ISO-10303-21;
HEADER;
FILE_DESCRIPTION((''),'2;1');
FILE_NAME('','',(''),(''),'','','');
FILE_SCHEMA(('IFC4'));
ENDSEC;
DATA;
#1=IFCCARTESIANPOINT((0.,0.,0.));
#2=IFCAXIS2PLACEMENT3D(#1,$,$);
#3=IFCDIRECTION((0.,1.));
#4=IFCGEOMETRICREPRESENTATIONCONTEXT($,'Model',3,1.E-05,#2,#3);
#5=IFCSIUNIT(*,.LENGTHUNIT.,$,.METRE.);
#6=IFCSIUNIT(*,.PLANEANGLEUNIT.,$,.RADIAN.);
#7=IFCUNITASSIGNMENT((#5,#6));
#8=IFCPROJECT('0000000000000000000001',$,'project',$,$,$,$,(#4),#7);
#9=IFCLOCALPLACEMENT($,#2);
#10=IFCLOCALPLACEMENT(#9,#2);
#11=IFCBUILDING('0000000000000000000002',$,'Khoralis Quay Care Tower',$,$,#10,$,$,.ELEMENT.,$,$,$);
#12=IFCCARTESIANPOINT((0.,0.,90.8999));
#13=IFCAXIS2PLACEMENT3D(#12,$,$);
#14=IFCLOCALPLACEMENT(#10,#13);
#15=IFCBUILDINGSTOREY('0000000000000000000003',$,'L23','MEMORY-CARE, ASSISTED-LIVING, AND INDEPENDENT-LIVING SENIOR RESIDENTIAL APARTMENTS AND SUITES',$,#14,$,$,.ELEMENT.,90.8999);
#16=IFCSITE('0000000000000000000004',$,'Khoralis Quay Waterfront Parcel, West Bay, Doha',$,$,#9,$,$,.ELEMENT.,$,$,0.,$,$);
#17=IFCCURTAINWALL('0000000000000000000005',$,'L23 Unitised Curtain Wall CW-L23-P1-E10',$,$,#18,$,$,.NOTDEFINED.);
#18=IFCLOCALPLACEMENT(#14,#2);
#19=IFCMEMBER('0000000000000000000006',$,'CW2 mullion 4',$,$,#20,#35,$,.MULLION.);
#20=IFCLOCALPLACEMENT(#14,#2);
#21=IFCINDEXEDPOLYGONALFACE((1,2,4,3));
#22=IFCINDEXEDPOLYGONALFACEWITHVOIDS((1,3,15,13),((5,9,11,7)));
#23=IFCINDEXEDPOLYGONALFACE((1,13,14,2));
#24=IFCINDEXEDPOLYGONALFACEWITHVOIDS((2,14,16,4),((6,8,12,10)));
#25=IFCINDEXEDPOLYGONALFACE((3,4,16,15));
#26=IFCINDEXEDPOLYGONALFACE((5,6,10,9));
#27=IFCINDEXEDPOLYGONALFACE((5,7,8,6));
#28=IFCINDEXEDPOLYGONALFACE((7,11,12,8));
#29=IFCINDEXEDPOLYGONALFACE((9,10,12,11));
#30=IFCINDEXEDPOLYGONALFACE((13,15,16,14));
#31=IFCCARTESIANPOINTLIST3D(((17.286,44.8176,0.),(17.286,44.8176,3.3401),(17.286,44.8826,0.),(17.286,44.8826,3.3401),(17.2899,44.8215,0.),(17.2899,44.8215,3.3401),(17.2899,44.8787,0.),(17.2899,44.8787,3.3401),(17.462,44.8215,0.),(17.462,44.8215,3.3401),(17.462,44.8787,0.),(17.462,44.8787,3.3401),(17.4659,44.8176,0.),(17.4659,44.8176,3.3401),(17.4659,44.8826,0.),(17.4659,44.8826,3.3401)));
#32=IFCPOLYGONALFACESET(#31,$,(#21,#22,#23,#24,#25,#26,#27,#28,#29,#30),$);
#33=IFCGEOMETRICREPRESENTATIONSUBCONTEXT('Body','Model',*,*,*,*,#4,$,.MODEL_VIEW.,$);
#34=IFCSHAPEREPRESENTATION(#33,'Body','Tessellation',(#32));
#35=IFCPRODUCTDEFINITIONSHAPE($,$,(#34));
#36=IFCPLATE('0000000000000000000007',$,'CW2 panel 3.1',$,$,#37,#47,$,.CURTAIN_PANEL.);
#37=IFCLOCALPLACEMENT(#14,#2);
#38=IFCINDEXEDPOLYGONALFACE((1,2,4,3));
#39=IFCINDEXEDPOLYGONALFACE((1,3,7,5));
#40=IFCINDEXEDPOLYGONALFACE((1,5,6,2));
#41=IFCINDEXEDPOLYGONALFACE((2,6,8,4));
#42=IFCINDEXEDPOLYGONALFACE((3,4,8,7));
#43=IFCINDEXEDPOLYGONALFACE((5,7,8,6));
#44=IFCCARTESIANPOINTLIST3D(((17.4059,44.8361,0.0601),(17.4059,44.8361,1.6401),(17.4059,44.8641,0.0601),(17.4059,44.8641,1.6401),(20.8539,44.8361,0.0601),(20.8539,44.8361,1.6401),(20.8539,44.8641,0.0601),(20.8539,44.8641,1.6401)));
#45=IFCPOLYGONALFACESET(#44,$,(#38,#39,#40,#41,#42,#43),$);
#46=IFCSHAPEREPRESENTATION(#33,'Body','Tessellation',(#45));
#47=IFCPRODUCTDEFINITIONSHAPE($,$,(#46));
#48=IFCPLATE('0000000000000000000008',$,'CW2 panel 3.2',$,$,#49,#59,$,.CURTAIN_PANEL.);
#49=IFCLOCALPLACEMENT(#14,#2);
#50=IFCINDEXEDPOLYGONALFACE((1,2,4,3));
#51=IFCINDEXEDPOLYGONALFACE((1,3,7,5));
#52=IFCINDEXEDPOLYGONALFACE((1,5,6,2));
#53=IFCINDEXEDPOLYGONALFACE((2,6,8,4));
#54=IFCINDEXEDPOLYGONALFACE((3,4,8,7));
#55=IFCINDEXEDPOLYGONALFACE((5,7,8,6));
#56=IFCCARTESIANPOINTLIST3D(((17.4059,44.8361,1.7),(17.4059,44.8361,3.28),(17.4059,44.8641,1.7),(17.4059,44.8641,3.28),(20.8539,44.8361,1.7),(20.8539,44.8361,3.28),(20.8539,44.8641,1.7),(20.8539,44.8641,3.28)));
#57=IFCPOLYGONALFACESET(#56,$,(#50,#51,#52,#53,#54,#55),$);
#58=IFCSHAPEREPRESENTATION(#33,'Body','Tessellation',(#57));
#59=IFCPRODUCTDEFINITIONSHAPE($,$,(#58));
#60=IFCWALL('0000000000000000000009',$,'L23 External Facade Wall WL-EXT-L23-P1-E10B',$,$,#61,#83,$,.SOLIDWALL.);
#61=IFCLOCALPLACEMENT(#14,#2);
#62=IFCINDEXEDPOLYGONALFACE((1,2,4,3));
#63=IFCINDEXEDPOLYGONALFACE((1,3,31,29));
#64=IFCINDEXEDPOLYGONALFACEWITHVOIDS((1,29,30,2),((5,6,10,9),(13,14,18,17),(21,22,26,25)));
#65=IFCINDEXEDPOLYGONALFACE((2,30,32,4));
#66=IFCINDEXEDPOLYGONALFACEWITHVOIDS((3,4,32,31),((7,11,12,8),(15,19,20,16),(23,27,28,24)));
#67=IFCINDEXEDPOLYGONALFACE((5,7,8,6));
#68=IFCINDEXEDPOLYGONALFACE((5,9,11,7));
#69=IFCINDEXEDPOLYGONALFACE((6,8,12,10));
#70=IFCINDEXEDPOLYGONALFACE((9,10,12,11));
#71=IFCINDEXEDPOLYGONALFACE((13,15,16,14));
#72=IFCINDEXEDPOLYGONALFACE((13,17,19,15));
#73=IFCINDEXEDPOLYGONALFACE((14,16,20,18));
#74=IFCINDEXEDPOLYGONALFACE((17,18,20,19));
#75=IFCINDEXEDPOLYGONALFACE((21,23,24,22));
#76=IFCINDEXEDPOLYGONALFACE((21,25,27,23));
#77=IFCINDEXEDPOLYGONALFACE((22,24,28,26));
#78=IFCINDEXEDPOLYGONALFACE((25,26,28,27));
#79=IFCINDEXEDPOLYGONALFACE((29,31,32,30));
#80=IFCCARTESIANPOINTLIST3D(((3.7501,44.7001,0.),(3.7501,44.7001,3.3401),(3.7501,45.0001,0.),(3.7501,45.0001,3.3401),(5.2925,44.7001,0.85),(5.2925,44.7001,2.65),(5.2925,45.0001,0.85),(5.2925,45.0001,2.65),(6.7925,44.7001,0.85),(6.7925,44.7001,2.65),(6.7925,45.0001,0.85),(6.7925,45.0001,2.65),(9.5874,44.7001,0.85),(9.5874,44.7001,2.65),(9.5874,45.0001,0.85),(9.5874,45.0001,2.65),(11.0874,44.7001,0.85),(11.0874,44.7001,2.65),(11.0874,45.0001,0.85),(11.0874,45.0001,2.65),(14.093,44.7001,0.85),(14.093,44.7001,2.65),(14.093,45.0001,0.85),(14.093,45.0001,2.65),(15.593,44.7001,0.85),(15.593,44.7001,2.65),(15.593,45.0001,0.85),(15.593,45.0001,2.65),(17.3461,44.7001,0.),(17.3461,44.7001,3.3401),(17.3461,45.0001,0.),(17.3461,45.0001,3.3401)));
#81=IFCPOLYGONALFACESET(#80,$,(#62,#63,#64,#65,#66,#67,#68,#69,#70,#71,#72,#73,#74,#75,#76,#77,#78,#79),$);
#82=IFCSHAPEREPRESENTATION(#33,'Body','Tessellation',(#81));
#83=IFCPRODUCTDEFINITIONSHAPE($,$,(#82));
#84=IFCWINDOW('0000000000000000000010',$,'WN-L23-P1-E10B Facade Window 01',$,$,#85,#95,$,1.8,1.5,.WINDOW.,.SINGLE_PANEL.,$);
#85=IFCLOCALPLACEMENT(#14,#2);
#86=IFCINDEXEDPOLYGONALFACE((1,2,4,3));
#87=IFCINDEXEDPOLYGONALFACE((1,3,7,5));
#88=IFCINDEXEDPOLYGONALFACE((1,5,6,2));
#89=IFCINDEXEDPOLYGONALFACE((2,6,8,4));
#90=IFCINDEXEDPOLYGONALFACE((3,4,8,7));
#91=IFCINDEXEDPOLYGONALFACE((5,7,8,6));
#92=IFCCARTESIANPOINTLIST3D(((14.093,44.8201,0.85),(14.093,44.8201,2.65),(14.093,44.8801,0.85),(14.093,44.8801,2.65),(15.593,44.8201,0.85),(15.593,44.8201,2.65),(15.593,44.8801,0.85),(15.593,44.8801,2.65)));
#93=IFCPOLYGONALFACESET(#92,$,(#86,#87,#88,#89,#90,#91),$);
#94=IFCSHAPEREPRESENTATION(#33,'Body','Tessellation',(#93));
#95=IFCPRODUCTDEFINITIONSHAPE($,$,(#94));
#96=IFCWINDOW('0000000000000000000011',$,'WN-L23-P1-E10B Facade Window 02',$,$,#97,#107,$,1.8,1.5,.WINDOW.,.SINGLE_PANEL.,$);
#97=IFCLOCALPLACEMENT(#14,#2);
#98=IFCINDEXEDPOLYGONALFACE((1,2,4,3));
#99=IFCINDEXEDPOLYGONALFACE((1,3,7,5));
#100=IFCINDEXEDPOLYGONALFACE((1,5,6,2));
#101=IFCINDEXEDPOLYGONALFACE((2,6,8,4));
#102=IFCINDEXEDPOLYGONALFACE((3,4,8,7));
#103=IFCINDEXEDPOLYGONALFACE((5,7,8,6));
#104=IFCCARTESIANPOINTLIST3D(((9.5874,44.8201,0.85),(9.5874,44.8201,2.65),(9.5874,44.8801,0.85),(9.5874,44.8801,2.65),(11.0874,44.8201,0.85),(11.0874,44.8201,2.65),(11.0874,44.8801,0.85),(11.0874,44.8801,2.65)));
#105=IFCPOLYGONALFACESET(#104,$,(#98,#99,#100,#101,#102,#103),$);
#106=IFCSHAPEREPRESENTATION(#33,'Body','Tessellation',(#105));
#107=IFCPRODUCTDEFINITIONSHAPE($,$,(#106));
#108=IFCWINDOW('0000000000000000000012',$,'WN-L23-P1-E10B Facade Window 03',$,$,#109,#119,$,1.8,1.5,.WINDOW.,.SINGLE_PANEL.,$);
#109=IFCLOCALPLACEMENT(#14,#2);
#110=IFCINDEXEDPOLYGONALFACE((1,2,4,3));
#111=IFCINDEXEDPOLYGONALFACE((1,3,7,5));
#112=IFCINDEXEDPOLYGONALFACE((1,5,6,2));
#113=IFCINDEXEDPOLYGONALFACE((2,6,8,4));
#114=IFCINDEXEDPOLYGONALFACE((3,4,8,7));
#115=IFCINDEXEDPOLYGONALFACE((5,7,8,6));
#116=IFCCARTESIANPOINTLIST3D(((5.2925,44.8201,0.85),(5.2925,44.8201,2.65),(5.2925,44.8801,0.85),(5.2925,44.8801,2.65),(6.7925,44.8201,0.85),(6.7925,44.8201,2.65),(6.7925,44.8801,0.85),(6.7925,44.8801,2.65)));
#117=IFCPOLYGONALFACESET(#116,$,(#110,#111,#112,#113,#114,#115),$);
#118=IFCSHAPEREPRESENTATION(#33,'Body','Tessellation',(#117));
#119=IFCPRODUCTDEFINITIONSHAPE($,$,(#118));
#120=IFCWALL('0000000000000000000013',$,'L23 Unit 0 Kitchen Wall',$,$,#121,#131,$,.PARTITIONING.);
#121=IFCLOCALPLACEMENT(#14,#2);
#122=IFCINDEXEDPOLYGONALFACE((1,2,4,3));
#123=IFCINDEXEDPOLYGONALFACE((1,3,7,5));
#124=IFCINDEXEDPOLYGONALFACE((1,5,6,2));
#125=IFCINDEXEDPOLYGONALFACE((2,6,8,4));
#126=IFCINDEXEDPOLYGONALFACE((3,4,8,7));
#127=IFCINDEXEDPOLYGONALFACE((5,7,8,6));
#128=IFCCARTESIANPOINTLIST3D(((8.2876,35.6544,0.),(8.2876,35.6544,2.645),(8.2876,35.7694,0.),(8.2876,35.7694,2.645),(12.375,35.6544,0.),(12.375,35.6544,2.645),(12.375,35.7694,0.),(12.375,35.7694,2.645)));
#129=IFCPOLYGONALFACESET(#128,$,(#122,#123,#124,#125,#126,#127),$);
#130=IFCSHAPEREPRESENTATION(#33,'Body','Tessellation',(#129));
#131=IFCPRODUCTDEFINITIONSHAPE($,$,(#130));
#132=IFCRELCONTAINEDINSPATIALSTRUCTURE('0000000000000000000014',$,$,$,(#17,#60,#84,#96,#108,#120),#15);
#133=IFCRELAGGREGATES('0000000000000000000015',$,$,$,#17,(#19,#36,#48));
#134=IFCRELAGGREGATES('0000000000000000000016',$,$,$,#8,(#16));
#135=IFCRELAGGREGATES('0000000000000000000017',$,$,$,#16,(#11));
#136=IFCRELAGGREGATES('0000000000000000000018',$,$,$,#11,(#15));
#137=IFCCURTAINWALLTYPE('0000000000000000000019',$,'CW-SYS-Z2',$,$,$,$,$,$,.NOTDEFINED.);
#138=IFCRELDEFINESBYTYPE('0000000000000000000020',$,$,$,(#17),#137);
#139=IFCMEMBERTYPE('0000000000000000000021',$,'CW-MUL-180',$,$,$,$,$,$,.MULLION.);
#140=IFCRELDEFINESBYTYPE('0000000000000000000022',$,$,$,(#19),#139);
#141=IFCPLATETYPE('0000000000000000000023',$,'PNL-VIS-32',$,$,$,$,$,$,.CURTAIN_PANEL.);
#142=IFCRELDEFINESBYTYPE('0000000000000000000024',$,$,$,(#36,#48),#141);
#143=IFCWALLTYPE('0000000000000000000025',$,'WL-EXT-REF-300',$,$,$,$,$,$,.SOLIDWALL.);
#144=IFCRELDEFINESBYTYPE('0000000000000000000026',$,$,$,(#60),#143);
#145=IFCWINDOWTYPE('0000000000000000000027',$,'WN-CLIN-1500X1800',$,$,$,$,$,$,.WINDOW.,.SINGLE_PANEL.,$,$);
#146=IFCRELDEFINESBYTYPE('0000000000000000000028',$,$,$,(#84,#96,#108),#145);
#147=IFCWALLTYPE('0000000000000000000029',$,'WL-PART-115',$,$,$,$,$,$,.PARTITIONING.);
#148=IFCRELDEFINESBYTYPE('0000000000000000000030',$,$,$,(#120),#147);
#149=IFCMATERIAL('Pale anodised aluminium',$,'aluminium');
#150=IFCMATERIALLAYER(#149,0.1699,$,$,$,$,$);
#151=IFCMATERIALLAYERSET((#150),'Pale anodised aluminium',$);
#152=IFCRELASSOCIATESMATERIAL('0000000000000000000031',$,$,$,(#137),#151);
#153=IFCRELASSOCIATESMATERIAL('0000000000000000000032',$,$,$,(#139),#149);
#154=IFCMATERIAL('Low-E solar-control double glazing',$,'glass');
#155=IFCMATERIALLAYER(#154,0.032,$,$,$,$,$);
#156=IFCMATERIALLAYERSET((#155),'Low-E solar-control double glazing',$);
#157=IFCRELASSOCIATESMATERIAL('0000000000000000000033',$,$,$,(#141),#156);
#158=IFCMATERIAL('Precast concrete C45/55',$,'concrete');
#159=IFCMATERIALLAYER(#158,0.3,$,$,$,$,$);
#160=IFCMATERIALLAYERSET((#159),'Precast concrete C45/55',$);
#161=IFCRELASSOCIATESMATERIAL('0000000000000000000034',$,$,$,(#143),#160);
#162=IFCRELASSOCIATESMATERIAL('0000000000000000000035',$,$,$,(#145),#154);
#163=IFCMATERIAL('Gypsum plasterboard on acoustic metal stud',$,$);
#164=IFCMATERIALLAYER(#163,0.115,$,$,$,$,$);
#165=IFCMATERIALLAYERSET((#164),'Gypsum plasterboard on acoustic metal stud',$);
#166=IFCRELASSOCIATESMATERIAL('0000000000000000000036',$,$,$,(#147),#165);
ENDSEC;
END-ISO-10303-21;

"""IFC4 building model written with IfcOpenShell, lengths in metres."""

from ifc_helpers import new_model, si_unit, direction, frame, frame_2d, origin, origin_2d, place, context, subcontext, project, spatial, rectangle, hollow_rectangle, extrude, source, transform, mapped, material, layer, layer_set, material_profile, profile_set, type_object, element, fill, aggregate, save


model = new_model("IFC4")

# Units and contexts
model_context = context("Model", 3, precision=1e-05, world=origin(), true_north=direction((0.0, 1.0)))
body_context = subcontext(model_context, "Body", "Model", "MODEL_VIEW")
ifc_project = project(units=[si_unit("LENGTHUNIT", "METRE"), si_unit("PLANEANGLEUNIT", "RADIAN")], contexts=[model_context])

# Site, building, storey
site_placement = place(None, origin())
site = spatial("IfcSite", under=ifc_project, at=site_placement, Name="Khoralis Quay Waterfront Parcel, West Bay, Doha", CompositionType="ELEMENT", RefElevation=0.0)
building_placement = place(site_placement, origin())
building = spatial("IfcBuilding", under=site, at=building_placement, Name="Khoralis Quay Care Tower", CompositionType="ELEMENT")
storey_placement = place(building_placement, frame((0.0, 0.0, 90.8999)))
storey = spatial("IfcBuildingStorey", under=building, at=storey_placement, Name="L23", Description="MEMORY-CARE, ASSISTED-LIVING, AND INDEPENDENT-LIVING SENIOR RESIDENTIAL APARTMENTS AND SUITES", CompositionType="ELEMENT", Elevation=90.8999)

# Curtain wall, member, plates
ifc_material_1 = material(Name="Pale anodised aluminium", Category="aluminium")
ifc_layer_1 = layer(ifc_material_1, 0.1699)
ifc_layer_set_1 = layer_set([ifc_layer_1], Name="Pale anodised aluminium")
curtain_wall_type = type_object("IfcCurtainWallType", Name="CW-SYS-Z2", PredefinedType="NOTDEFINED", material=ifc_layer_set_1)
curtain_wall_placement = place(storey_placement, origin())
curtain_wall = element("IfcCurtainWall", 1, at=curtain_wall_placement, inside=storey, type_object=curtain_wall_type, Name="L23 Unitised Curtain Wall CW-L23-P1-E10", PredefinedType="NOTDEFINED")
ifc_material_profile_1 = material_profile(ifc_material_1, hollow_rectangle(XDim=0.0649, YDim=0.1799, WallThickness=0.0039, at=origin_2d()), Name="Pale anodised aluminium")
ifc_profile_set_1 = profile_set([ifc_material_profile_1], Name="Pale anodised aluminium")
member_type = type_object("IfcMemberType", Name="CW-MUL-180", PredefinedType="MULLION", material=ifc_profile_set_1)
shared_shape_1 = source(origin(), body_context, "Body", "SweptSolid", [
    extrude(hollow_rectangle(XDim=0.0649, YDim=0.1799, WallThickness=0.0039, at=origin_2d()), origin(), (0.0, 0.0, 1.0), 3.3401),
])
member_placement = place(storey_placement, frame((17.376, 44.8501, 0.0), z_axis=(0.0, 0.0, 1.0), x_axis=(0.0, -1.0, 0.0)))
member = element("IfcMember", 2, at=member_placement, type_object=member_type, Name="CW2 mullion 4", PredefinedType="MULLION", context=body_context, shape_type="MappedRepresentation", body=[
    mapped(shared_shape_1, transform((0.0, 0.0, 0.0), scale=1.0)),
])
ifc_material_2 = material(Name="Low-E solar-control double glazing", Category="glass")
ifc_layer_2 = layer(ifc_material_2, 0.032)
ifc_layer_set_2 = layer_set([ifc_layer_2], Name="Low-E solar-control double glazing")
plate_type = type_object("IfcPlateType", Name="PNL-VIS-32", PredefinedType="CURTAIN_PANEL", material=ifc_layer_set_2)
shared_shape_2 = source(origin(), body_context, "Body", "SweptSolid", [
    extrude(rectangle(XDim=3.448, YDim=0.0281, at=origin_2d()), origin(), (0.0, 0.0, 1.0), 1.5801),
])
plate_1_placement = place(storey_placement, frame((19.1299, 44.8501, 0.0601), z_axis=(0.0, 0.0, 1.0), x_axis=(-1.0, 0.0, 0.0)))
plate_1 = element("IfcPlate", 3, at=plate_1_placement, type_object=plate_type, Name="CW2 panel 3.1", PredefinedType="CURTAIN_PANEL", context=body_context, shape_type="MappedRepresentation", body=[
    mapped(shared_shape_2, transform((0.0, 0.0, 0.0), scale=1.0)),
])
plate_2_placement = place(storey_placement, frame((19.1299, 44.8501, 1.7), z_axis=(0.0, 0.0, 1.0), x_axis=(-1.0, 0.0, 0.0)))
plate_2 = element("IfcPlate", 4, at=plate_2_placement, type_object=plate_type, Name="CW2 panel 3.2", PredefinedType="CURTAIN_PANEL", context=body_context, shape_type="MappedRepresentation", body=[
    mapped(shared_shape_2, transform((0.0, 0.0, 0.0), scale=1.0)),
])
aggregate(curtain_wall, [member, plate_1, plate_2])

# Wall, openings, windows
ifc_material_3 = material(Name="Precast concrete C45/55", Category="concrete")
ifc_layer_3 = layer(ifc_material_3, 0.3)
ifc_layer_set_3 = layer_set([ifc_layer_3], Name="Precast concrete C45/55")
wall_type_1 = type_object("IfcWallType", Name="WL-EXT-REF-300", PredefinedType="SOLIDWALL", material=ifc_layer_set_3)
wall_1_placement = place(storey_placement, frame((17.3459, 44.8501, 0.0), z_axis=(0.0, 0.0, 1.0), x_axis=(-1.0, 0.0, 0.0)))
wall_1 = element("IfcWall", 5, at=wall_1_placement, inside=storey, type_object=wall_type_1, Name="L23 External Facade Wall WL-EXT-L23-P1-E10B", PredefinedType="SOLIDWALL", context=body_context, shape_type="SweptSolid", body=[
    extrude(rectangle(XDim=13.5959, YDim=0.3, at=frame_2d((6.7979, 0.0))), origin(), (0.0, 0.0, 1.0), 3.3401),
])
opening_1_placement = place(wall_1_placement, frame((1.7529, 0.0, 0.8501)))
opening_1 = element("IfcOpeningElement", 6, at=opening_1_placement, cuts=wall_1, PredefinedType="OPENING", context=body_context, shape_type="SweptSolid", body=[
    extrude(rectangle(XDim=1.5, YDim=1.8, at=frame_2d((0.75, 0.8999))), frame((0.0, 0.1602, 0.0), z_axis=(0.0, -1.0, 0.0), x_axis=(1.0, 0.0, 0.0)), (0.0, 0.0, 1.0), 0.3201),
])
opening_2_placement = place(wall_1_placement, frame((6.2585, 0.0, 0.8501)))
opening_2 = element("IfcOpeningElement", 7, at=opening_2_placement, cuts=wall_1, PredefinedType="OPENING", context=body_context, shape_type="SweptSolid", body=[
    extrude(rectangle(XDim=1.5, YDim=1.8, at=frame_2d((0.75, 0.8999))), frame((0.0, 0.1602, 0.0), z_axis=(0.0, -1.0, 0.0), x_axis=(1.0, 0.0, 0.0)), (0.0, 0.0, 1.0), 0.3201),
])
opening_3_placement = place(wall_1_placement, frame((10.5535, 0.0, 0.8501)))
opening_3 = element("IfcOpeningElement", 8, at=opening_3_placement, cuts=wall_1, PredefinedType="OPENING", context=body_context, shape_type="SweptSolid", body=[
    extrude(rectangle(XDim=1.5, YDim=1.8, at=frame_2d((0.75, 0.8999))), frame((0.0, 0.1602, 0.0), z_axis=(0.0, -1.0, 0.0), x_axis=(1.0, 0.0, 0.0)), (0.0, 0.0, 1.0), 0.3201),
])
window_type = type_object("IfcWindowType", Name="WN-CLIN-1500X1800", PartitioningType="SINGLE_PANEL", PredefinedType="WINDOW", material=ifc_material_2)
shared_shape_3 = source(origin(), body_context, "Body", "SweptSolid", [
    extrude(rectangle(XDim=1.5, YDim=1.8, at=frame_2d((0.75, 0.8999))), frame((0.0, 0.03, 0.0), z_axis=(0.0, -1.0, 0.0), x_axis=(1.0, 0.0, 0.0)), (0.0, 0.0, 1.0), 0.0601),
])
window_1_placement = place(opening_1_placement, origin())
window_1 = element("IfcWindow", 9, at=window_1_placement, inside=storey, type_object=window_type, Name="WN-L23-P1-E10B Facade Window 01", OverallHeight=1.8, OverallWidth=1.5, PartitioningType="SINGLE_PANEL", PredefinedType="WINDOW", context=body_context, shape_type="MappedRepresentation", body=[
    mapped(shared_shape_3, transform((0.0, 0.0, 0.0), scale=1.0)),
])
fill(opening_1, window_1)
window_2_placement = place(opening_2_placement, origin())
window_2 = element("IfcWindow", 10, at=window_2_placement, inside=storey, type_object=window_type, Name="WN-L23-P1-E10B Facade Window 02", OverallHeight=1.8, OverallWidth=1.5, PartitioningType="SINGLE_PANEL", PredefinedType="WINDOW", context=body_context, shape_type="MappedRepresentation", body=[
    mapped(shared_shape_3, transform((0.0, 0.0, 0.0), scale=1.0)),
])
fill(opening_2, window_2)
window_3_placement = place(opening_3_placement, origin())
window_3 = element("IfcWindow", 11, at=window_3_placement, inside=storey, type_object=window_type, Name="WN-L23-P1-E10B Facade Window 03", OverallHeight=1.8, OverallWidth=1.5, PartitioningType="SINGLE_PANEL", PredefinedType="WINDOW", context=body_context, shape_type="MappedRepresentation", body=[
    mapped(shared_shape_3, transform((0.0, 0.0, 0.0), scale=1.0)),
])
fill(opening_3, window_3)

# Wall
ifc_material_4 = material(Name="Gypsum plasterboard on acoustic metal stud")
ifc_layer_4 = layer(ifc_material_4, 0.115)
ifc_layer_set_4 = layer_set([ifc_layer_4], Name="Gypsum plasterboard on acoustic metal stud")
wall_type_2 = type_object("IfcWallType", Name="WL-PART-115", PredefinedType="PARTITIONING", material=ifc_layer_set_4)
wall_2_placement = place(storey_placement, frame((8.2876, 35.7119, 0.0), z_axis=(0.0, 0.0, 1.0), x_axis=(1.0, 0.0, 0.0)))
element("IfcWall", 12, at=wall_2_placement, inside=storey, type_object=wall_type_2, Name="L23 Unit 0 Kitchen Wall", PredefinedType="PARTITIONING", context=body_context, shape_type="SweptSolid", body=[
    extrude(rectangle(XDim=4.0874, YDim=0.115, at=frame_2d((2.0437, 0.0))), origin(), (0.0, 0.0, 1.0), 2.645),
])

save(model, "model.ifc")
